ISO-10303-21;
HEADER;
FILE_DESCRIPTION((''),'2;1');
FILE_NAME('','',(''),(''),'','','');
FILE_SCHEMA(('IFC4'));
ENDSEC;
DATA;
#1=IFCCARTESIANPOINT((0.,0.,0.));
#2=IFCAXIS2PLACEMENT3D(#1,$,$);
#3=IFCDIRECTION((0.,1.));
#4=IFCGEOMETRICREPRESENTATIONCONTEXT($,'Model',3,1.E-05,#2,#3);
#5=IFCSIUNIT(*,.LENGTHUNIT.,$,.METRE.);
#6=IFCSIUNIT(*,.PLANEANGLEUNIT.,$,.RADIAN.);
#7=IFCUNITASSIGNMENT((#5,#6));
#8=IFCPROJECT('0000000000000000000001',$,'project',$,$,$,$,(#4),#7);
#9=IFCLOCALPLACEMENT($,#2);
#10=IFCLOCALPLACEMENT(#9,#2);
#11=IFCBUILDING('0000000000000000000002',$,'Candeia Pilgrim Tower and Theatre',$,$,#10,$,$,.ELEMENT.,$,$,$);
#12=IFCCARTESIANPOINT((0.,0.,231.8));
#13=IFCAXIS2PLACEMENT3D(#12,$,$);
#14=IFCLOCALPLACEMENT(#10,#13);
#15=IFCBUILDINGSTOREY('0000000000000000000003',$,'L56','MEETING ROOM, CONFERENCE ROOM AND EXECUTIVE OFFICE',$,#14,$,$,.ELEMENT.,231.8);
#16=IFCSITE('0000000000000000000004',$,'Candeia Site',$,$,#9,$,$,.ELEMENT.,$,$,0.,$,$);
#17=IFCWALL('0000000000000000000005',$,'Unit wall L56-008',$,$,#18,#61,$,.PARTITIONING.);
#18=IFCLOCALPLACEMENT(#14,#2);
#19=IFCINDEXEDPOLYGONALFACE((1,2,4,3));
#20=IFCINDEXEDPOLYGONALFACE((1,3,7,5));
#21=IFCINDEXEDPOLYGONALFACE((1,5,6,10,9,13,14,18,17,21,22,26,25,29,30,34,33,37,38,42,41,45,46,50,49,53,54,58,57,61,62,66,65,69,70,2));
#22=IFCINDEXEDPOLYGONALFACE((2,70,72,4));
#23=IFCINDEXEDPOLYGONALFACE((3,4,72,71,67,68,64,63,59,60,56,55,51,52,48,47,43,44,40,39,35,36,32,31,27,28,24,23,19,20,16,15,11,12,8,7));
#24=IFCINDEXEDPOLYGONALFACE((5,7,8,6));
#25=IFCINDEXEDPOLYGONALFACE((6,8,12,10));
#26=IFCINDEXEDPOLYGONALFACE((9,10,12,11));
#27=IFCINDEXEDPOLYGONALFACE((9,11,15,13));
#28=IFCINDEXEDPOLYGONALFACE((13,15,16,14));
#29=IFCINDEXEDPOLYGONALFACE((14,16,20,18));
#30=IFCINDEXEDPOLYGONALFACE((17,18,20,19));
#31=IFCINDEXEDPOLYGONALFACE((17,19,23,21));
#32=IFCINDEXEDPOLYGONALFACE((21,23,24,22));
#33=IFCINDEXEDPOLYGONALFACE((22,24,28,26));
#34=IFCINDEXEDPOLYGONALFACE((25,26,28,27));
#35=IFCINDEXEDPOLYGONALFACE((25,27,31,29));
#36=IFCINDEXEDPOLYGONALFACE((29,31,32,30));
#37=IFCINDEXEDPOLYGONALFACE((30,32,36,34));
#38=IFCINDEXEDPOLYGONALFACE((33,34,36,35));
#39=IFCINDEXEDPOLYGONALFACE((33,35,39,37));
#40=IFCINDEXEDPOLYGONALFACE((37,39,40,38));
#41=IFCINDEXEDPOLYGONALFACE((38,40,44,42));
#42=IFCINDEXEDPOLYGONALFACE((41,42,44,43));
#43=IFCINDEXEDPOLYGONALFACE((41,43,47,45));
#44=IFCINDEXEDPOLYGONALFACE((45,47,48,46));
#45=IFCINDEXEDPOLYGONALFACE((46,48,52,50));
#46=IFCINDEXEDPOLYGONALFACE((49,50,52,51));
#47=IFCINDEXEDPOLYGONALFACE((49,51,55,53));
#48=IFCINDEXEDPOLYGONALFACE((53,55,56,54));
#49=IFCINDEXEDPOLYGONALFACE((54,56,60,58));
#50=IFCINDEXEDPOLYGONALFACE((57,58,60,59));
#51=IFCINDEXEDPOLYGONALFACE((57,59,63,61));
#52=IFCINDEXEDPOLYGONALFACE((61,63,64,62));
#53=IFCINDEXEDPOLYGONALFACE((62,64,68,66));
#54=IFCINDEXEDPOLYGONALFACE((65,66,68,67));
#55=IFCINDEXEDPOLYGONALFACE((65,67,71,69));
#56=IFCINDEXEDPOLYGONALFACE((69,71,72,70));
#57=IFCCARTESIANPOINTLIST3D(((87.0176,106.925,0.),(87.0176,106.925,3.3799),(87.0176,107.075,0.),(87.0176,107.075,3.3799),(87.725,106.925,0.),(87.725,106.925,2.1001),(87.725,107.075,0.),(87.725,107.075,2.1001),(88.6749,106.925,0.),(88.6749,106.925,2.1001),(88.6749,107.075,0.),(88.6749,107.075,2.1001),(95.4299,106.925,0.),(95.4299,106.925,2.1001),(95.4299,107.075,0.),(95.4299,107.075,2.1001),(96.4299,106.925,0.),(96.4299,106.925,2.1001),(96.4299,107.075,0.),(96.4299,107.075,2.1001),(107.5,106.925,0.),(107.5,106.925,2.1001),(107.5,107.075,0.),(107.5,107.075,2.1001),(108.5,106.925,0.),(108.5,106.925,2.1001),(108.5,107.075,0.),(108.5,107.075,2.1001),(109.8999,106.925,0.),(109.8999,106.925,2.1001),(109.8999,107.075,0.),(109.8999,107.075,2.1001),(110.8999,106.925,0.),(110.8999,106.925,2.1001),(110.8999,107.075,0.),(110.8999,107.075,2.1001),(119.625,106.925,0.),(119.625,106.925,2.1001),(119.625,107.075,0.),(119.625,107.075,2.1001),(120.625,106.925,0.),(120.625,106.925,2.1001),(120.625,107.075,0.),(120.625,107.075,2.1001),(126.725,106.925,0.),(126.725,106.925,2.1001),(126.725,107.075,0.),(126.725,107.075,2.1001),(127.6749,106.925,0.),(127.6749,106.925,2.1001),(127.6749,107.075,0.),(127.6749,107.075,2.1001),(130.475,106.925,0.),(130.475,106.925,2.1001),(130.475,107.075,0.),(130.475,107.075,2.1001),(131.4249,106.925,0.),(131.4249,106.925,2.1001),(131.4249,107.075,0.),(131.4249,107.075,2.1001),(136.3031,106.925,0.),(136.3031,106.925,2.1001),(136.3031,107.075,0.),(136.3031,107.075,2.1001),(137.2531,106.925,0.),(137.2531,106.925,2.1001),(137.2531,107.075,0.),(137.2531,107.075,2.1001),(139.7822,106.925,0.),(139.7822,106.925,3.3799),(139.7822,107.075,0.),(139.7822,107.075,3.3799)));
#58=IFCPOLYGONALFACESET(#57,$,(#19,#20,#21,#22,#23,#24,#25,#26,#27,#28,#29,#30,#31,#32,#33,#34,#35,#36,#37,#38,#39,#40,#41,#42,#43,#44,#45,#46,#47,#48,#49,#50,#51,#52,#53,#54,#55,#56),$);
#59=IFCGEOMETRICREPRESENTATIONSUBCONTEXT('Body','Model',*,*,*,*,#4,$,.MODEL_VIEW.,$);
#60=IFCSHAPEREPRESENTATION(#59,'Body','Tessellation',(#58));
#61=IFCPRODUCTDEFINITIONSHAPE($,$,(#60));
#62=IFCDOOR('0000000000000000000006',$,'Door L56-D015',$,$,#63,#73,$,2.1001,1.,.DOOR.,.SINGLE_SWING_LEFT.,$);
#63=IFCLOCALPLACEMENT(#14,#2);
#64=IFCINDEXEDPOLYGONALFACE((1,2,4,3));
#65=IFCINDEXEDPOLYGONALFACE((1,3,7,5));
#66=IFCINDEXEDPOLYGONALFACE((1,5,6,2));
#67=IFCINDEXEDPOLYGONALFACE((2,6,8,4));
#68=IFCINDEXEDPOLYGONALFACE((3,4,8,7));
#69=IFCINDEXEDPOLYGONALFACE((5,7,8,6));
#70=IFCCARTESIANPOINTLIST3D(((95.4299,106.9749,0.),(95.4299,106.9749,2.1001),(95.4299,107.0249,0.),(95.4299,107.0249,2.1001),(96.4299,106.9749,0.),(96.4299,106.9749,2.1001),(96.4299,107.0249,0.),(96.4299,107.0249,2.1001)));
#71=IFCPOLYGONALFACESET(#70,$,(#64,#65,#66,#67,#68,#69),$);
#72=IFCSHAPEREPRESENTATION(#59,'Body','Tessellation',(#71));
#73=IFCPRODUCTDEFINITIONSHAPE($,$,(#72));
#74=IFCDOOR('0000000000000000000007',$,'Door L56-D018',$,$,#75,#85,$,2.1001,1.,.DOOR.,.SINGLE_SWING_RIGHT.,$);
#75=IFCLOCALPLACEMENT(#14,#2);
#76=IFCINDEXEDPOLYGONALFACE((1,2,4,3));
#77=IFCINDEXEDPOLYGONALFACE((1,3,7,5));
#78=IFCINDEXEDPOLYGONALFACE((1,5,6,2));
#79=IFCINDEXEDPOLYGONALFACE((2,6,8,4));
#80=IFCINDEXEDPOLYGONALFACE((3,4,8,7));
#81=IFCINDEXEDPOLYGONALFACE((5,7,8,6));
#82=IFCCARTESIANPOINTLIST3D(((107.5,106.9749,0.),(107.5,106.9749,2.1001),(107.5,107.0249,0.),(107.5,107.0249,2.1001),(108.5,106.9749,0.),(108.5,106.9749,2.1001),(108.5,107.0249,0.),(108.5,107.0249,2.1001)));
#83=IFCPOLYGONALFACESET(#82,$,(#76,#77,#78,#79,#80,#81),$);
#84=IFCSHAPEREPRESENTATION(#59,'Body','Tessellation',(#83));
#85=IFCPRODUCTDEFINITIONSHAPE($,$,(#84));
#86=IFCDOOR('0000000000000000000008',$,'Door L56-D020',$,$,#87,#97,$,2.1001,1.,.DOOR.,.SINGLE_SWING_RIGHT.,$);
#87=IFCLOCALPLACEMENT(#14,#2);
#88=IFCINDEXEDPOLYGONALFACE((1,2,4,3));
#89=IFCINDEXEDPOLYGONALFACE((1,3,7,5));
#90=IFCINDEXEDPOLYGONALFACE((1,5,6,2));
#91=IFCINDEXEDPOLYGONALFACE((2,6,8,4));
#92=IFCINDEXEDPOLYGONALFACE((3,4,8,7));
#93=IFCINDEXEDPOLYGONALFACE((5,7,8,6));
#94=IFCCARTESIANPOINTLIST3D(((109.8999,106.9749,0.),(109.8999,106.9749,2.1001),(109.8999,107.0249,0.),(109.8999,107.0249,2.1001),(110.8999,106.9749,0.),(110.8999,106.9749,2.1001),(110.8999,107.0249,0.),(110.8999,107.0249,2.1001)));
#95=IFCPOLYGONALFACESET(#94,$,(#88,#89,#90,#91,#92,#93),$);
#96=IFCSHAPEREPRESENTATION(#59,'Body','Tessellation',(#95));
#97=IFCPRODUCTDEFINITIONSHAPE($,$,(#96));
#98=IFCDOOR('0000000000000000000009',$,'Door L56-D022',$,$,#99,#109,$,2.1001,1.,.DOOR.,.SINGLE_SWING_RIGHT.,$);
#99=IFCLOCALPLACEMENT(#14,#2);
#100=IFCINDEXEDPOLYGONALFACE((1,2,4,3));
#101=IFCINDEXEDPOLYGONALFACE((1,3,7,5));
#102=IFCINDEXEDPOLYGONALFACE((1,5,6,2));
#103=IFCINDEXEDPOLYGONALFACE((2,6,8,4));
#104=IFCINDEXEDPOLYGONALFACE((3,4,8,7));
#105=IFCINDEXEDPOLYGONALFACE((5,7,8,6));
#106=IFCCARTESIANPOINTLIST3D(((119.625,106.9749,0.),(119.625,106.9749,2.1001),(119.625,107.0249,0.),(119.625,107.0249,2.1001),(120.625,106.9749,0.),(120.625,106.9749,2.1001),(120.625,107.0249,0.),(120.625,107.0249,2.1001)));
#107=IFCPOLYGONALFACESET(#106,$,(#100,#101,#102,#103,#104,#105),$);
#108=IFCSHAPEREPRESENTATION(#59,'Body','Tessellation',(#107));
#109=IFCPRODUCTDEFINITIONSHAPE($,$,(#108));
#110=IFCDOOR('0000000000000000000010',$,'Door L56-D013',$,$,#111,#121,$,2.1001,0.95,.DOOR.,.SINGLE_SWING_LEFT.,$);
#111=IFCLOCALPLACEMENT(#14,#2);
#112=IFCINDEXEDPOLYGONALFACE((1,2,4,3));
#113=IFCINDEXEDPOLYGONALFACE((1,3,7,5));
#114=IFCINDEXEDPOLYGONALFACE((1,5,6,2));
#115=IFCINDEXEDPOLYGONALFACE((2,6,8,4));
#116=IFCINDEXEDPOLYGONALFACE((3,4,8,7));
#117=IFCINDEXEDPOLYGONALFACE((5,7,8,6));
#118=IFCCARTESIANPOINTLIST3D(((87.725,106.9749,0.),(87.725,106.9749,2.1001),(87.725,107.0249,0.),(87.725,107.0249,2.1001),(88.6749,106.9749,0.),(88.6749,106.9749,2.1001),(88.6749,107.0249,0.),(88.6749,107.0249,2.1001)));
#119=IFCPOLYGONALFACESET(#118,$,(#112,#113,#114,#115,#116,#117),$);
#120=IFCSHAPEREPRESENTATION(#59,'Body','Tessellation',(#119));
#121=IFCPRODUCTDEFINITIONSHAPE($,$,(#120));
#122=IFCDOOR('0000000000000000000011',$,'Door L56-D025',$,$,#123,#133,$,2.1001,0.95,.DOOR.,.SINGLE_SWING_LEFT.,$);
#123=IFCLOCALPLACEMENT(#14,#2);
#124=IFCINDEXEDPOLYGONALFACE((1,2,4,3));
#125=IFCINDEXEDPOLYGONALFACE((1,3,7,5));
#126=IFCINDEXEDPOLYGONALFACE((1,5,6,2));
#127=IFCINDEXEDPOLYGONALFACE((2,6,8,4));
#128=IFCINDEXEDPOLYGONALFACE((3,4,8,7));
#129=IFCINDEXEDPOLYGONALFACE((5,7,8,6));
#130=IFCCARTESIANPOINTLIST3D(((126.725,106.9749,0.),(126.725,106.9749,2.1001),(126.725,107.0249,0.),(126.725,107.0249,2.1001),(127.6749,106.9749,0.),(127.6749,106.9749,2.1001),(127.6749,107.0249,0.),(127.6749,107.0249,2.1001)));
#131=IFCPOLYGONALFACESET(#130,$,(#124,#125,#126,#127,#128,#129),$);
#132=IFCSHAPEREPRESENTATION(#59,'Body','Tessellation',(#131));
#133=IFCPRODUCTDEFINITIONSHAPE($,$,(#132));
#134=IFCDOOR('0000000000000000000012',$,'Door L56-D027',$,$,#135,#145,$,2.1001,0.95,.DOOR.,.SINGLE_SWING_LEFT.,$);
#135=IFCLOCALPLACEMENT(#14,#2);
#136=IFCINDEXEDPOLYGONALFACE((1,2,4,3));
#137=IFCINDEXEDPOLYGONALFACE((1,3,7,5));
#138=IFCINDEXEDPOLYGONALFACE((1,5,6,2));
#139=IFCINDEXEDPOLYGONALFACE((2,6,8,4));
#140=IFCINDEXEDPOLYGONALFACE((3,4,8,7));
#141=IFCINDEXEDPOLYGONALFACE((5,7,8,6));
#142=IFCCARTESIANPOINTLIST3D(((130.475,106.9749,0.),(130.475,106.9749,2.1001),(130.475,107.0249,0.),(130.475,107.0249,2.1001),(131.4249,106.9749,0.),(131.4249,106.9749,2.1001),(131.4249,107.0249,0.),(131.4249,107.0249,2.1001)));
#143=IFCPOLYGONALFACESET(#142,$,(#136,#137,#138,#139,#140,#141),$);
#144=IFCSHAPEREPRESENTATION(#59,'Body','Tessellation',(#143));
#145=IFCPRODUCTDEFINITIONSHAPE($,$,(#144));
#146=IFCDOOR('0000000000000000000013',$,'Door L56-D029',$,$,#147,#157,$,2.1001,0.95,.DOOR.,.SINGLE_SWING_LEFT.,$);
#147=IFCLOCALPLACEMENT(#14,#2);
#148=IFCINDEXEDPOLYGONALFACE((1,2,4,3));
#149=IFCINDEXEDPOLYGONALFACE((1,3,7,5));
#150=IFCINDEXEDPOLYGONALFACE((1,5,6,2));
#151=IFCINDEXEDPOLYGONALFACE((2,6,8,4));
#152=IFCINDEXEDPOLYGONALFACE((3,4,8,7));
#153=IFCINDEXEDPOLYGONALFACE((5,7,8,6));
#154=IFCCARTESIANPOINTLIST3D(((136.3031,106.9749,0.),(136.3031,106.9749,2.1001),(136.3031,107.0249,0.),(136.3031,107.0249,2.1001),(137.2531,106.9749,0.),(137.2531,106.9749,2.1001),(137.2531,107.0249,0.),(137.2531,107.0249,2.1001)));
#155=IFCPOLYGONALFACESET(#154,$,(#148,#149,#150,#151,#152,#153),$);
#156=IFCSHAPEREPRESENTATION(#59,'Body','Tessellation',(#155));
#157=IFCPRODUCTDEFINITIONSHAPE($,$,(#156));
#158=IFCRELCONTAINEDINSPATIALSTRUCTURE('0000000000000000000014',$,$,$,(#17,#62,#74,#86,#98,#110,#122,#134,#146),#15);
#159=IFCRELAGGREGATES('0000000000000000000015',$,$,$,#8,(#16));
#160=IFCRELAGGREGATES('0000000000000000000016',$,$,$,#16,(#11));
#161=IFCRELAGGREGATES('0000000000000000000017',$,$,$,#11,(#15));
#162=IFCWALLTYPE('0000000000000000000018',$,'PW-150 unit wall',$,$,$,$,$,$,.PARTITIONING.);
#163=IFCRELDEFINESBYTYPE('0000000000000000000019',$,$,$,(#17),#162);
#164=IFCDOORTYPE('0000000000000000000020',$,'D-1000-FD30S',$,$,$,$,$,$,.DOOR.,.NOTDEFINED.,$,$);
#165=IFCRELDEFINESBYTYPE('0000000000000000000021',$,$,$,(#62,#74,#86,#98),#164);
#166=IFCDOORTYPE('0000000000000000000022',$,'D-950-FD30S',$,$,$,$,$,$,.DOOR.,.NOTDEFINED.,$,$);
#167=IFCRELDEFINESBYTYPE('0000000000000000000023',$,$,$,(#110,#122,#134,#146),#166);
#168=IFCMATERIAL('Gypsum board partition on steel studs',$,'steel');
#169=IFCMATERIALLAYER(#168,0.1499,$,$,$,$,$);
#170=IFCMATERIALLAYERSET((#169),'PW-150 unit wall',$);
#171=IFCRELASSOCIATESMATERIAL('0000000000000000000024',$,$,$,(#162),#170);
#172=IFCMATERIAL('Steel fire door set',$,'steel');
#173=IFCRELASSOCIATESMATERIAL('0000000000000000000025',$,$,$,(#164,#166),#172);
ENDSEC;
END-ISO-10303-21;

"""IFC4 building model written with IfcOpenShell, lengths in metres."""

from ifc_helpers import new_model, si_unit, direction, frame, frame_2d, origin, place, context, subcontext, project, spatial, rectangle, extrude, material, layer, layer_set, type_object, element, fill, save


model = new_model("IFC4")

# Units and contexts
model_context = context("Model", 3, precision=1e-05, world=origin(), true_north=direction((0.0, 1.0)))
body_context = subcontext(model_context, "Body", "Model", "MODEL_VIEW")
ifc_project = project(units=[si_unit("LENGTHUNIT", "METRE"), si_unit("PLANEANGLEUNIT", "RADIAN")], contexts=[model_context])

# Site, building, storey
site_placement = place(None, origin())
site = spatial("IfcSite", under=ifc_project, at=site_placement, Name="Candeia Site", CompositionType="ELEMENT", RefElevation=0.0)
building_placement = place(site_placement, origin())
building = spatial("IfcBuilding", under=site, at=building_placement, Name="Candeia Pilgrim Tower and Theatre", CompositionType="ELEMENT")
storey_placement = place(building_placement, frame((0.0, 0.0, 231.8)))
storey = spatial("IfcBuildingStorey", under=building, at=storey_placement, Name="L56", Description="MEETING ROOM, CONFERENCE ROOM AND EXECUTIVE OFFICE", CompositionType="ELEMENT", Elevation=231.8)

# Shared definitions
ifc_material_1 = material(Name="Gypsum board partition on steel studs", Category="steel")

# Wall, openings, doors
ifc_layer_1 = layer(ifc_material_1, 0.1499)
ifc_layer_set_1 = layer_set([ifc_layer_1], Name="PW-150 unit wall")
wall_type_1 = type_object("IfcWallType", Name="PW-150 unit wall", PredefinedType="PARTITIONING", material=ifc_layer_set_1)
wall_1_placement = place(storey_placement, frame((87.0176, 107.0, 0.0), z_axis=(0.0, 0.0, 1.0), x_axis=(1.0, 0.0, 0.0)))
wall_1 = element("IfcWall", 1, at=wall_1_placement, inside=storey, type_object=wall_type_1, Name="Unit wall L56-008", PredefinedType="PARTITIONING", context=body_context, shape_type="SweptSolid", body=[
    extrude(rectangle(XDim=52.7646, YDim=0.1499, at=frame_2d((26.3823, 0.0))), origin(), (0.0, 0.0, 1.0), 3.3799),
])
opening_1_placement = place(wall_1_placement, frame((0.7073, 0.0, 0.0)))
opening_1 = element("IfcOpeningElement", 2, at=opening_1_placement, cuts=wall_1, PredefinedType="OPENING", context=body_context, shape_type="SweptSolid", body=[
    extrude(rectangle(XDim=0.95, YDim=2.1001, at=frame_2d((0.4751, 1.05))), frame((0.0, 0.085, 0.0), z_axis=(0.0, -1.0, 0.0), x_axis=(1.0, 0.0, 0.0)), (0.0, 0.0, 1.0), 0.1699),
])
opening_2_placement = place(wall_1_placement, frame((8.4124, 0.0, 0.0)))
opening_2 = element("IfcOpeningElement", 3, at=opening_2_placement, cuts=wall_1, PredefinedType="OPENING", context=body_context, shape_type="SweptSolid", body=[
    extrude(rectangle(XDim=1.0, YDim=2.1001, at=frame_2d((0.5, 1.05))), frame((0.0, 0.085, 0.0), z_axis=(0.0, -1.0, 0.0), x_axis=(1.0, 0.0, 0.0)), (0.0, 0.0, 1.0), 0.1699),
])
opening_3_placement = place(wall_1_placement, frame((20.4824, 0.0, 0.0)))
opening_3 = element("IfcOpeningElement", 4, at=opening_3_placement, cuts=wall_1, PredefinedType="OPENING", context=body_context, shape_type="SweptSolid", body=[
    extrude(rectangle(XDim=1.0, YDim=2.1001, at=frame_2d((0.5, 1.05))), frame((0.0, 0.085, 0.0), z_axis=(0.0, -1.0, 0.0), x_axis=(1.0, 0.0, 0.0)), (0.0, 0.0, 1.0), 0.1699),
])
opening_4_placement = place(wall_1_placement, frame((22.8823, 0.0, 0.0)))
opening_4 = element("IfcOpeningElement", 5, at=opening_4_placement, cuts=wall_1, PredefinedType="OPENING", context=body_context, shape_type="SweptSolid", body=[
    extrude(rectangle(XDim=1.0, YDim=2.1001, at=frame_2d((0.5, 1.05))), frame((0.0, 0.085, 0.0), z_axis=(0.0, -1.0, 0.0), x_axis=(1.0, 0.0, 0.0)), (0.0, 0.0, 1.0), 0.1699),
])
opening_5_placement = place(wall_1_placement, frame((32.6074, 0.0, 0.0)))
opening_5 = element("IfcOpeningElement", 6, at=opening_5_placement, cuts=wall_1, PredefinedType="OPENING", context=body_context, shape_type="SweptSolid", body=[
    extrude(rectangle(XDim=1.0, YDim=2.1001, at=frame_2d((0.5, 1.05))), frame((0.0, 0.085, 0.0), z_axis=(0.0, -1.0, 0.0), x_axis=(1.0, 0.0, 0.0)), (0.0, 0.0, 1.0), 0.1699),
])
opening_6_placement = place(wall_1_placement, frame((39.7073, 0.0, 0.0)))
opening_6 = element("IfcOpeningElement", 7, at=opening_6_placement, cuts=wall_1, PredefinedType="OPENING", context=body_context, shape_type="SweptSolid", body=[
    extrude(rectangle(XDim=0.95, YDim=2.1001, at=frame_2d((0.4751, 1.05))), frame((0.0, 0.085, 0.0), z_axis=(0.0, -1.0, 0.0), x_axis=(1.0, 0.0, 0.0)), (0.0, 0.0, 1.0), 0.1699),
])
opening_7_placement = place(wall_1_placement, frame((43.4573, 0.0, 0.0)))
opening_7 = element("IfcOpeningElement", 8, at=opening_7_placement, cuts=wall_1, PredefinedType="OPENING", context=body_context, shape_type="SweptSolid", body=[
    extrude(rectangle(XDim=0.95, YDim=2.1001, at=frame_2d((0.4751, 1.05))), frame((0.0, 0.085, 0.0), z_axis=(0.0, -1.0, 0.0), x_axis=(1.0, 0.0, 0.0)), (0.0, 0.0, 1.0), 0.1699),
])
opening_8_placement = place(wall_1_placement, frame((49.2854, 0.0, 0.0)))
opening_8 = element("IfcOpeningElement", 9, at=opening_8_placement, cuts=wall_1, PredefinedType="OPENING", context=body_context, shape_type="SweptSolid", body=[
    extrude(rectangle(XDim=0.95, YDim=2.1001, at=frame_2d((0.4751, 1.05))), frame((0.0, 0.085, 0.0), z_axis=(0.0, -1.0, 0.0), x_axis=(1.0, 0.0, 0.0)), (0.0, 0.0, 1.0), 0.1699),
])
ifc_material_2 = material(Name="Steel fire door set", Category="steel")
door_type_1 = type_object("IfcDoorType", Name="D-1000-FD30S", OperationType="NOTDEFINED", PredefinedType="DOOR", material=ifc_material_2)
door_1_placement = place(opening_2_placement, origin())
door_1 = element("IfcDoor", 10, at=door_1_placement, inside=storey, type_object=door_type_1, Name="Door L56-D015", OperationType="SINGLE_SWING_LEFT", OverallHeight=2.1001, OverallWidth=1.0, PredefinedType="DOOR", context=body_context, shape_type="SweptSolid", body=[
    extrude(rectangle(XDim=1.0, YDim=2.1001, at=frame_2d((0.5, 1.05))), frame((0.0, 0.0249, 0.0), z_axis=(0.0, -1.0, 0.0), x_axis=(1.0, 0.0, 0.0)), (0.0, 0.0, 1.0), 0.05),
])
fill(opening_2, door_1)
door_2_placement = place(opening_3_placement, origin())
door_2 = element("IfcDoor", 11, at=door_2_placement, inside=storey, type_object=door_type_1, Name="Door L56-D018", OperationType="SINGLE_SWING_RIGHT", OverallHeight=2.1001, OverallWidth=1.0, PredefinedType="DOOR", context=body_context, shape_type="SweptSolid", body=[
    extrude(rectangle(XDim=1.0, YDim=2.1001, at=frame_2d((0.5, 1.05))), frame((0.0, 0.0249, 0.0), z_axis=(0.0, -1.0, 0.0), x_axis=(1.0, 0.0, 0.0)), (0.0, 0.0, 1.0), 0.05),
])
fill(opening_3, door_2)
door_3_placement = place(opening_4_placement, origin())
door_3 = element("IfcDoor", 12, at=door_3_placement, inside=storey, type_object=door_type_1, Name="Door L56-D020", OperationType="SINGLE_SWING_RIGHT", OverallHeight=2.1001, OverallWidth=1.0, PredefinedType="DOOR", context=body_context, shape_type="SweptSolid", body=[
    extrude(rectangle(XDim=1.0, YDim=2.1001, at=frame_2d((0.5, 1.05))), frame((0.0, 0.0249, 0.0), z_axis=(0.0, -1.0, 0.0), x_axis=(1.0, 0.0, 0.0)), (0.0, 0.0, 1.0), 0.05),
])
fill(opening_4, door_3)
door_4_placement = place(opening_5_placement, origin())
door_4 = element("IfcDoor", 13, at=door_4_placement, inside=storey, type_object=door_type_1, Name="Door L56-D022", OperationType="SINGLE_SWING_RIGHT", OverallHeight=2.1001, OverallWidth=1.0, PredefinedType="DOOR", context=body_context, shape_type="SweptSolid", body=[
    extrude(rectangle(XDim=1.0, YDim=2.1001, at=frame_2d((0.5, 1.05))), frame((0.0, 0.0249, 0.0), z_axis=(0.0, -1.0, 0.0), x_axis=(1.0, 0.0, 0.0)), (0.0, 0.0, 1.0), 0.05),
])
fill(opening_5, door_4)
door_type_2 = type_object("IfcDoorType", Name="D-950-FD30S", OperationType="NOTDEFINED", PredefinedType="DOOR", material=ifc_material_2)
door_5_placement = place(opening_1_placement, origin())
door_5 = element("IfcDoor", 14, at=door_5_placement, inside=storey, type_object=door_type_2, Name="Door L56-D013", OperationType="SINGLE_SWING_LEFT", OverallHeight=2.1001, OverallWidth=0.95, PredefinedType="DOOR", context=body_context, shape_type="SweptSolid", body=[
    extrude(rectangle(XDim=0.95, YDim=2.1001, at=frame_2d((0.4751, 1.05))), frame((0.0, 0.0249, 0.0), z_axis=(0.0, -1.0, 0.0), x_axis=(1.0, 0.0, 0.0)), (0.0, 0.0, 1.0), 0.05),
])
fill(opening_1, door_5)
door_6_placement = place(opening_6_placement, origin())
door_6 = element("IfcDoor", 15, at=door_6_placement, inside=storey, type_object=door_type_2, Name="Door L56-D025", OperationType="SINGLE_SWING_LEFT", OverallHeight=2.1001, OverallWidth=0.95, PredefinedType="DOOR", context=body_context, shape_type="SweptSolid", body=[
    extrude(rectangle(XDim=0.95, YDim=2.1001, at=frame_2d((0.4751, 1.05))), frame((0.0, 0.0249, 0.0), z_axis=(0.0, -1.0, 0.0), x_axis=(1.0, 0.0, 0.0)), (0.0, 0.0, 1.0), 0.05),
])
fill(opening_6, door_6)
door_7_placement = place(opening_7_placement, origin())
door_7 = element("IfcDoor", 16, at=door_7_placement, inside=storey, type_object=door_type_2, Name="Door L56-D027", OperationType="SINGLE_SWING_LEFT", OverallHeight=2.1001, OverallWidth=0.95, PredefinedType="DOOR", context=body_context, shape_type="SweptSolid", body=[
    extrude(rectangle(XDim=0.95, YDim=2.1001, at=frame_2d((0.4751, 1.05))), frame((0.0, 0.0249, 0.0), z_axis=(0.0, -1.0, 0.0), x_axis=(1.0, 0.0, 0.0)), (0.0, 0.0, 1.0), 0.05),
])
fill(opening_7, door_7)
door_8_placement = place(opening_8_placement, origin())
door_8 = element("IfcDoor", 17, at=door_8_placement, inside=storey, type_object=door_type_2, Name="Door L56-D029", OperationType="SINGLE_SWING_LEFT", OverallHeight=2.1001, OverallWidth=0.95, PredefinedType="DOOR", context=body_context, shape_type="SweptSolid", body=[
    extrude(rectangle(XDim=0.95, YDim=2.1001, at=frame_2d((0.4751, 1.05))), frame((0.0, 0.0249, 0.0), z_axis=(0.0, -1.0, 0.0), x_axis=(1.0, 0.0, 0.0)), (0.0, 0.0, 1.0), 0.05),
])
fill(opening_8, door_8)

save(model, "model.ifc")
